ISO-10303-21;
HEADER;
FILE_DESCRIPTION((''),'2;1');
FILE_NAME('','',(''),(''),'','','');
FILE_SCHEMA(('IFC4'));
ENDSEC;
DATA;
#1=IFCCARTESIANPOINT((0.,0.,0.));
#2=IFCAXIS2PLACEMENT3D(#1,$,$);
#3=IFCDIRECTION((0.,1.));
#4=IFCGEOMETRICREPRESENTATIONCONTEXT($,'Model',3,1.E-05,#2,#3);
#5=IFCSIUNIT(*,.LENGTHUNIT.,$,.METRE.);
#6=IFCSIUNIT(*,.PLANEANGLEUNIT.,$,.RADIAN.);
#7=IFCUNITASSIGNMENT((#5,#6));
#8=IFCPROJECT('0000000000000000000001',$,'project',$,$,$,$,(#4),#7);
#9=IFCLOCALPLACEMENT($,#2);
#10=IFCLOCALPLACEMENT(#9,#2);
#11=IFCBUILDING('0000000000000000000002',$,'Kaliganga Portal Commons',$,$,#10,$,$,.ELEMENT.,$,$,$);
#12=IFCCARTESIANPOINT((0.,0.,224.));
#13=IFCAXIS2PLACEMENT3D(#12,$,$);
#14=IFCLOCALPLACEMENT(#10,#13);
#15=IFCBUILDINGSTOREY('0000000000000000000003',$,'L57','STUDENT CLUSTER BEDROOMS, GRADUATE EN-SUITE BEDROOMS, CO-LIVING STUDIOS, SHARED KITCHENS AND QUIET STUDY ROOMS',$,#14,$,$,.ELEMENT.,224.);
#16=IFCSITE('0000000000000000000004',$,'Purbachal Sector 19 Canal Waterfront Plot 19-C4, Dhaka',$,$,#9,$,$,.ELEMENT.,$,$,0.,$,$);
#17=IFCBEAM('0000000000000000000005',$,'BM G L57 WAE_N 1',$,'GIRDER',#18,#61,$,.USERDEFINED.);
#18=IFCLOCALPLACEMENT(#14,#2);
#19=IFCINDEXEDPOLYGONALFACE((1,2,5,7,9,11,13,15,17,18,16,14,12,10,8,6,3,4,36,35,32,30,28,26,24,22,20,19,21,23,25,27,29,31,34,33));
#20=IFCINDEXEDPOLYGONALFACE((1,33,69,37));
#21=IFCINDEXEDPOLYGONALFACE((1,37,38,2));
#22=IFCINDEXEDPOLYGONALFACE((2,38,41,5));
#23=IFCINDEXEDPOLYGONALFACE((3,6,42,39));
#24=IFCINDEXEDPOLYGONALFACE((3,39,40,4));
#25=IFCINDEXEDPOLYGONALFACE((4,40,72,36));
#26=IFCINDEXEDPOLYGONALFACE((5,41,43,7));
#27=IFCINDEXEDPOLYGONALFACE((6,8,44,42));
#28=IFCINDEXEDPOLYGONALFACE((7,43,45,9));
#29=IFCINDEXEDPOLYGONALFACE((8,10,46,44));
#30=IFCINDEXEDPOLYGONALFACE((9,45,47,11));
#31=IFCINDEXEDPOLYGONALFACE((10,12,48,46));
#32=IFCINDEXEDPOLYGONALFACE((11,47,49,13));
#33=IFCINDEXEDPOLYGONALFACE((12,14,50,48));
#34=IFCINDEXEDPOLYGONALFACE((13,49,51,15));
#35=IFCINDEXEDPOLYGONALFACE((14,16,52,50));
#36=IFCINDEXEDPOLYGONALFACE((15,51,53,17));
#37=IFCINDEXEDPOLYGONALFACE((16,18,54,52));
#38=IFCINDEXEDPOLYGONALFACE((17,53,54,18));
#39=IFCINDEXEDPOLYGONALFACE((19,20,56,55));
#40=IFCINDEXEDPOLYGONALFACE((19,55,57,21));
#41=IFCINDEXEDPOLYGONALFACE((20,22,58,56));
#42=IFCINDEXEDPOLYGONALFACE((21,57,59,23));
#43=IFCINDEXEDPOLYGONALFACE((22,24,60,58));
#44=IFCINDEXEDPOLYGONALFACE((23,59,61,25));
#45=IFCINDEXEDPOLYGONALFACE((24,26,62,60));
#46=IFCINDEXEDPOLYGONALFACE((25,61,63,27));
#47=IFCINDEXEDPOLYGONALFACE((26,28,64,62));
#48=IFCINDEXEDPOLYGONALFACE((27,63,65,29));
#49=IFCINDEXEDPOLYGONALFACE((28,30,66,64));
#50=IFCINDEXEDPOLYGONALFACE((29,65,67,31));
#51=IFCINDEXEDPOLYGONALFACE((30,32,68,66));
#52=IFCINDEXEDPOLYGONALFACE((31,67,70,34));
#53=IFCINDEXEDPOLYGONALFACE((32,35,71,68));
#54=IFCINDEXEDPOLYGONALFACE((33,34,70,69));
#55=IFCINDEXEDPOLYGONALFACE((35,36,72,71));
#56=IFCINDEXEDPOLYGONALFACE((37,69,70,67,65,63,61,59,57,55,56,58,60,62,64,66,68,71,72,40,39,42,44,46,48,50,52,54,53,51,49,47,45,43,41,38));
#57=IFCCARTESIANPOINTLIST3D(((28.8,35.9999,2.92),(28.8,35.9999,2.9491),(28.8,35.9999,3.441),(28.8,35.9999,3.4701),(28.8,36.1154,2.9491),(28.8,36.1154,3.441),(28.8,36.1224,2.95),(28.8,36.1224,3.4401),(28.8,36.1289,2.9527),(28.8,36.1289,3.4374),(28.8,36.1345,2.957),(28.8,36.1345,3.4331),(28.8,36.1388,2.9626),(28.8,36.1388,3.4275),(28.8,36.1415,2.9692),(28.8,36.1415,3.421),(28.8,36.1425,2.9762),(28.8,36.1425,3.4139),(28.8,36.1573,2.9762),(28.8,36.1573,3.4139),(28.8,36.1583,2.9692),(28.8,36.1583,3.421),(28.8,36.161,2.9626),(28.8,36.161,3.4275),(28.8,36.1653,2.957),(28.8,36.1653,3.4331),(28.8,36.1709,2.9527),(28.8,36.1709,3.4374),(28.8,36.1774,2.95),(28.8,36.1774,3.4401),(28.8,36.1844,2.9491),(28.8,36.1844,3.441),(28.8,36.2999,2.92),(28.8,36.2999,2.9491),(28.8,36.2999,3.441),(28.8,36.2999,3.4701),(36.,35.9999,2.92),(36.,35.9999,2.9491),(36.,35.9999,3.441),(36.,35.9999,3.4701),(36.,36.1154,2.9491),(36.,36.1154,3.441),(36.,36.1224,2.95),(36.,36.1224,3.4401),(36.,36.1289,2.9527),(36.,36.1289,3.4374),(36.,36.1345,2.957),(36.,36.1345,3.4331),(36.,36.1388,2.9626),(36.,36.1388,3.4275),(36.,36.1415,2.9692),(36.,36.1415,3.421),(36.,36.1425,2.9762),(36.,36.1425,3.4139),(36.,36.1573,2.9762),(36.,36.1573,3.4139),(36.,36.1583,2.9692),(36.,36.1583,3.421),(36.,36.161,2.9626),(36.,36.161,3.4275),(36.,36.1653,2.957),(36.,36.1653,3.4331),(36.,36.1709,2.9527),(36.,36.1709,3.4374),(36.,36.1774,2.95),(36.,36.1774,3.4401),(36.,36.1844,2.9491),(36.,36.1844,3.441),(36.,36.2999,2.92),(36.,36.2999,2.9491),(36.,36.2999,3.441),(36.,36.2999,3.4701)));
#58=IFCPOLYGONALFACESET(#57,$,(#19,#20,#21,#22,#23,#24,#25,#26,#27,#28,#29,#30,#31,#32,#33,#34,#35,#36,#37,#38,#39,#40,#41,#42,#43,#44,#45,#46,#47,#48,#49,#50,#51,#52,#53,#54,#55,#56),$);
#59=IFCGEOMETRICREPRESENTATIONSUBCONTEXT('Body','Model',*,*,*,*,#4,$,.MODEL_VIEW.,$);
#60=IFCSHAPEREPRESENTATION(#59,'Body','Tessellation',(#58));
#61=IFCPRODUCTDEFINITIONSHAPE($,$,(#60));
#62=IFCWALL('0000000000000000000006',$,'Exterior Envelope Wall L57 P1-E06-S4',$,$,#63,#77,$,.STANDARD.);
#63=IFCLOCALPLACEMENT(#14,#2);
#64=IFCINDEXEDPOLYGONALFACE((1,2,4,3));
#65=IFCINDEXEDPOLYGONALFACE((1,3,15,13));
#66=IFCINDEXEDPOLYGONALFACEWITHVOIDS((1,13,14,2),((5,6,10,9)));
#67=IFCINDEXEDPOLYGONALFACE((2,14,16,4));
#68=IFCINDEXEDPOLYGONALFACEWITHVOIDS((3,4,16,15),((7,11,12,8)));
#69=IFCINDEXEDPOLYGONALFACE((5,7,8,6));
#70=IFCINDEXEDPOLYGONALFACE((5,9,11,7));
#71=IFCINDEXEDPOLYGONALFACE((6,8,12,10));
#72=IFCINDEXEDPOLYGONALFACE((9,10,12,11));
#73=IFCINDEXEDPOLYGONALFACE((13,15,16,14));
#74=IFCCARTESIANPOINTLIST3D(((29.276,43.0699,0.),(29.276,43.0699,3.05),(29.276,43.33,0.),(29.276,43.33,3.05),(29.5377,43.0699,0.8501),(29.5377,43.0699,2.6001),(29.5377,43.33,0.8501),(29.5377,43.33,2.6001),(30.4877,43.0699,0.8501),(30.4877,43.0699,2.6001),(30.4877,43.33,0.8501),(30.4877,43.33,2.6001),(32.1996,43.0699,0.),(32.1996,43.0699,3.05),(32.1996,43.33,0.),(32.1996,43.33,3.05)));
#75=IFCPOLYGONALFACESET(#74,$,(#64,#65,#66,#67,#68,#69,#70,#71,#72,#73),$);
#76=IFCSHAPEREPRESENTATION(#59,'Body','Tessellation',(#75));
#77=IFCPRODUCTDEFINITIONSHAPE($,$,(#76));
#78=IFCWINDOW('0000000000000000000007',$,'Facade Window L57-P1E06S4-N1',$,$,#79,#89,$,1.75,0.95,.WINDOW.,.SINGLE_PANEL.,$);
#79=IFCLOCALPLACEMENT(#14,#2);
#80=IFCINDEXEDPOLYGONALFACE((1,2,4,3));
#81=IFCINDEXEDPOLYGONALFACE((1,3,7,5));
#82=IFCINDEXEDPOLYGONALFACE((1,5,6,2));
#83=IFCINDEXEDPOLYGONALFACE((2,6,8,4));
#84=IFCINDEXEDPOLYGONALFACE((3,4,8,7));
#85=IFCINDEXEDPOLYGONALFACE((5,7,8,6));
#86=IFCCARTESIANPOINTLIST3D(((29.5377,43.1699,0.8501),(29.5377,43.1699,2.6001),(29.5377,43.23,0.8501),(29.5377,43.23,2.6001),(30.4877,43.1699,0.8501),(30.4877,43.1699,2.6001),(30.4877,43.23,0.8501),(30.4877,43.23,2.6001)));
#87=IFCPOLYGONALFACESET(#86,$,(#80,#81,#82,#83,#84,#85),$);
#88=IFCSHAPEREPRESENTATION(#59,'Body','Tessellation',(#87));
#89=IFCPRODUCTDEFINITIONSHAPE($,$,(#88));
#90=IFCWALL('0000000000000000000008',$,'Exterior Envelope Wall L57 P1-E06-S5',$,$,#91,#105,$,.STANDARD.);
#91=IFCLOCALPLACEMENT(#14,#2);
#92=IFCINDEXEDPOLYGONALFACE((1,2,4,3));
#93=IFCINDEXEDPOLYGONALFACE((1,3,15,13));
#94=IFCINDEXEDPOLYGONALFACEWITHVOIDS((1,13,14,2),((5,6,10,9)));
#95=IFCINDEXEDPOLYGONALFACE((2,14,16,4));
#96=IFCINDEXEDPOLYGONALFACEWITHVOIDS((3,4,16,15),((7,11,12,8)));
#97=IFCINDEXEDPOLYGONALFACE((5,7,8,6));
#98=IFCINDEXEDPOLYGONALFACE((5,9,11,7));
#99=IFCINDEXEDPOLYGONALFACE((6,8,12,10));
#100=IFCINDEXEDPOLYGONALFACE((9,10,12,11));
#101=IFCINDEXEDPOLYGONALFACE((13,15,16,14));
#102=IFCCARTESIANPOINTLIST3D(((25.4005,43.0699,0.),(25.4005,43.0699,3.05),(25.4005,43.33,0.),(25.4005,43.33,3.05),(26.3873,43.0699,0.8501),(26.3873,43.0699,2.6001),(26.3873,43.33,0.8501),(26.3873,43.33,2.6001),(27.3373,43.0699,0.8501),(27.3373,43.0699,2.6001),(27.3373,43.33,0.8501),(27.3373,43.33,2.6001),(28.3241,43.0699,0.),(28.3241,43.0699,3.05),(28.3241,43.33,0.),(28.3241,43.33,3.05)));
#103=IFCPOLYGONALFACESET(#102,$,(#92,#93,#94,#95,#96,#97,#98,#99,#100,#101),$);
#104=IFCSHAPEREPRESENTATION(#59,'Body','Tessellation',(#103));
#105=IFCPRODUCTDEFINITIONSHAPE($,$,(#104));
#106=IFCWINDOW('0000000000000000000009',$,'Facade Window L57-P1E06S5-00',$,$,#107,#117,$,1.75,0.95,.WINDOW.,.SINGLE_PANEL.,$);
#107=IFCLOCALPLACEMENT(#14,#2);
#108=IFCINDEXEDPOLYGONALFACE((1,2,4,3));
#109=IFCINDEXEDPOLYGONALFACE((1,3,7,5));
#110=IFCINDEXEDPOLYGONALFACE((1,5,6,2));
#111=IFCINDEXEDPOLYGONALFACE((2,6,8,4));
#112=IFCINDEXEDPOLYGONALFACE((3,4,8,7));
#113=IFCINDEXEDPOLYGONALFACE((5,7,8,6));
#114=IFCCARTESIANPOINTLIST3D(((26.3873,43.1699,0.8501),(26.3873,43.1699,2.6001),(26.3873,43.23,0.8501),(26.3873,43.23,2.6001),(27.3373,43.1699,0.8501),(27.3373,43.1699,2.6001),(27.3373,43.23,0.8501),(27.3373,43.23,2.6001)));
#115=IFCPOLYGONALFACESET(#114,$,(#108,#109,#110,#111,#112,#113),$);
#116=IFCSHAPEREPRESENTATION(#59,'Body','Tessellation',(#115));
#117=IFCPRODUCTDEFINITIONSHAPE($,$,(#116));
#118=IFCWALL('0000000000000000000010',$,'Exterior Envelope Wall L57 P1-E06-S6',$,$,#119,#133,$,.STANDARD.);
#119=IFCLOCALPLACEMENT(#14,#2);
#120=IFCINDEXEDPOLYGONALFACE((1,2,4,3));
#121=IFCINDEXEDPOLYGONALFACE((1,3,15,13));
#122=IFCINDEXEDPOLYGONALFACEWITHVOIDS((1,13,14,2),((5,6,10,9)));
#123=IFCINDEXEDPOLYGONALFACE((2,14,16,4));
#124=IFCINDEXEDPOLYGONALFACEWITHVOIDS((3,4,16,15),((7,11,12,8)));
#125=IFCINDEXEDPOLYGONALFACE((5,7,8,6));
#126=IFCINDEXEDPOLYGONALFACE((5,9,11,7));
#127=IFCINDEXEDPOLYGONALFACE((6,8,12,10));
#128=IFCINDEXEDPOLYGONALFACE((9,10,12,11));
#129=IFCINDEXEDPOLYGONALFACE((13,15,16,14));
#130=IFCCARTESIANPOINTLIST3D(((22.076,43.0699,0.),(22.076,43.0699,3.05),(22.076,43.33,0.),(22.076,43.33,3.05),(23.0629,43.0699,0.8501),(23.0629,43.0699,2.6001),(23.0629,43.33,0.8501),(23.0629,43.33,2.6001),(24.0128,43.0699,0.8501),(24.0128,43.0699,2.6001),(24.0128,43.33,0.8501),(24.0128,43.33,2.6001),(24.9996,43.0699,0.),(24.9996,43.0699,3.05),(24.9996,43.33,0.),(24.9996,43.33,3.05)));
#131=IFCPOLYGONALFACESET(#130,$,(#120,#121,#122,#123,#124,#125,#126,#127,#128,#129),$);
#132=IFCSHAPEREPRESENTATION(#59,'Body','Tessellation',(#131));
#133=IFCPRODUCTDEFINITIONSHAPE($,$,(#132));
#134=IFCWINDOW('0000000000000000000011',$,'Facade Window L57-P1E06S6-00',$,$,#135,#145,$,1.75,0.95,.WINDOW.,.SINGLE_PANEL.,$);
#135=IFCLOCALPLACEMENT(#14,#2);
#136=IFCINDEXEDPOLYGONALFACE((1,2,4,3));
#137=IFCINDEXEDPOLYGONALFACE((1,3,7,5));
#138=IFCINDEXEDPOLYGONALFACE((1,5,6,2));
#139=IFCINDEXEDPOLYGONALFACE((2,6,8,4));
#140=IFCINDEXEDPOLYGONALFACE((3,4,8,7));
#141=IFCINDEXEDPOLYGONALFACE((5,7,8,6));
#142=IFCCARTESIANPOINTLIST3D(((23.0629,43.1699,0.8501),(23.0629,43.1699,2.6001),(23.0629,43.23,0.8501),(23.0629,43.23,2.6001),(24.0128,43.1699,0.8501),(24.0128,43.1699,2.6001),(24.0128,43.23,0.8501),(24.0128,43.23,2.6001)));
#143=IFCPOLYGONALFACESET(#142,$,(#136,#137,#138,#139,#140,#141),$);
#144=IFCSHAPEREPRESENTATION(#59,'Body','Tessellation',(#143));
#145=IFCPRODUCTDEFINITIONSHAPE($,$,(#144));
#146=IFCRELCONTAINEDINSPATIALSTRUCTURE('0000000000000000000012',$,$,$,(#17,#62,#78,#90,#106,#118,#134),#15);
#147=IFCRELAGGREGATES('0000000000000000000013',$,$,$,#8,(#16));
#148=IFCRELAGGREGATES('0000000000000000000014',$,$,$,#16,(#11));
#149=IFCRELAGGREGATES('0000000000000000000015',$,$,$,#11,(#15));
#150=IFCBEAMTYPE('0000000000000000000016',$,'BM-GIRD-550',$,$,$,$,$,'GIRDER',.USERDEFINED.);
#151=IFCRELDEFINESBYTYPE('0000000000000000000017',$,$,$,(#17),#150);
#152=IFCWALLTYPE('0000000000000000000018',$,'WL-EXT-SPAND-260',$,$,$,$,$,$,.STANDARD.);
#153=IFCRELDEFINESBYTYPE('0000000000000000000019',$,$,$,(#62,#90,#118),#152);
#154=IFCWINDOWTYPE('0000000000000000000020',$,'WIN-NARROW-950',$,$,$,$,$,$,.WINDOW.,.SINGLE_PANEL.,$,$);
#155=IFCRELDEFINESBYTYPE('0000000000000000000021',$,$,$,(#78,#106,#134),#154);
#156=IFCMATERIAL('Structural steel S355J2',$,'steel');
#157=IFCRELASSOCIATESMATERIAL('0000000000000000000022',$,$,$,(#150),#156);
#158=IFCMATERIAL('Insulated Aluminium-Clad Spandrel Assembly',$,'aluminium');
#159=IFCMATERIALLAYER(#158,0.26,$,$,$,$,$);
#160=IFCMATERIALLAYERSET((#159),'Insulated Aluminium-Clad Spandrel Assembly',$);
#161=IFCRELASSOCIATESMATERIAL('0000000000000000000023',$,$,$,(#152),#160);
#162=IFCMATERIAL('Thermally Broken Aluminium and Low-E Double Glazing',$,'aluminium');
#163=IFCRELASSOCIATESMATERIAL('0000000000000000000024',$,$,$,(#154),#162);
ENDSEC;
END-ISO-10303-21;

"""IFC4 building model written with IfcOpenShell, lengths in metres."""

from ifc_helpers import new_model, si_unit, direction, frame, frame_2d, origin, origin_2d, place, context, subcontext, project, spatial, rectangle, i_section, extrude, source, transform, mapped, material, layer, layer_set, material_profile, profile_set, type_object, element, fill, save


model = new_model("IFC4")

# Units and contexts
model_context = context("Model", 3, precision=1e-05, world=origin(), true_north=direction((0.0, 1.0)))
body_context = subcontext(model_context, "Body", "Model", "MODEL_VIEW")
ifc_project = project(units=[si_unit("LENGTHUNIT", "METRE"), si_unit("PLANEANGLEUNIT", "RADIAN")], contexts=[model_context])

# Site, building, storey
site_placement = place(None, origin())
site = spatial("IfcSite", under=ifc_project, at=site_placement, Name="Purbachal Sector 19 Canal Waterfront Plot 19-C4, Dhaka", CompositionType="ELEMENT", RefElevation=0.0)
building_placement = place(site_placement, origin())
building = spatial("IfcBuilding", under=site, at=building_placement, Name="Kaliganga Portal Commons", CompositionType="ELEMENT")
storey_placement = place(building_placement, frame((0.0, 0.0, 224.0)))
storey = spatial("IfcBuildingStorey", under=building, at=storey_placement, Name="L57", Description="STUDENT CLUSTER BEDROOMS, GRADUATE EN-SUITE BEDROOMS, CO-LIVING STUDIOS, SHARED KITCHENS AND QUIET STUDY ROOMS", CompositionType="ELEMENT", Elevation=224.0)

# Shared definitions
ifc_material_1 = material(Name="Structural steel S355J2", Category="steel")

# Beam
ifc_material_profile_1 = material_profile(ifc_material_1, i_section(OverallWidth=0.3, OverallDepth=0.55, WebThickness=0.0149, FlangeThickness=0.0291, FilletRadius=0.0271, at=origin_2d()), Name="HE 550 B")
ifc_profile_set_1 = profile_set([ifc_material_profile_1], Name="Structural steel S355J2 wide-flange")
beam_type_1 = type_object("IfcBeamType", Name="BM-GIRD-550", ElementType="GIRDER", PredefinedType="USERDEFINED", material=ifc_profile_set_1)
shared_shape_1 = source(origin(), body_context, "Body", "SweptSolid", [
    extrude(i_section(OverallWidth=0.3, OverallDepth=0.55, WebThickness=0.0149, FlangeThickness=0.0291, FilletRadius=0.0271, at=origin_2d()), origin(), (0.0, 0.0, 1.0), 7.2),
])
beam_1_placement = place(storey_placement, frame((28.8, 36.1499, 3.1951), z_axis=(1.0, 0.0, 0.0), x_axis=(0.0, 1.0, 0.0)))
element("IfcBeam", 1, at=beam_1_placement, inside=storey, type_object=beam_type_1, Name="BM G L57 WAE_N 1", ObjectType="GIRDER", PredefinedType="USERDEFINED", context=body_context, shape_type="MappedRepresentation", body=[
    mapped(shared_shape_1, transform((0.0, 0.0, 0.0), x_axis=(1.0, 0.0, 0.0), y_axis=(0.0, 1.0, 0.0), z_axis=(0.0, 0.0, 1.0), scale=1.0)),
])

# Walls, openings, windows
ifc_material_2 = material(Name="Insulated Aluminium-Clad Spandrel Assembly", Category="aluminium")
ifc_layer_1 = layer(ifc_material_2, 0.26)
ifc_layer_set_1 = layer_set([ifc_layer_1], Name="Insulated Aluminium-Clad Spandrel Assembly")
wall_type_1 = type_object("IfcWallType", Name="WL-EXT-SPAND-260", PredefinedType="STANDARD", material=ifc_layer_set_1)
wall_1_placement = place(storey_placement, frame((29.2759, 43.2, 0.0), z_axis=(0.0, 0.0, 1.0), x_axis=(1.0, 0.0, 0.0)))
wall_1 = element("IfcWall", 2, at=wall_1_placement, inside=storey, type_object=wall_type_1, Name="Exterior Envelope Wall L57 P1-E06-S4", PredefinedType="STANDARD", context=body_context, shape_type="SweptSolid", body=[
    extrude(rectangle(XDim=2.9236, YDim=0.26, at=frame_2d((1.4619, 0.0))), origin(), (0.0, 0.0, 1.0), 3.05),
])
opening_1_placement = place(wall_1_placement, frame((0.2617, 0.0, 0.8501)))
opening_1 = element("IfcOpeningElement", 3, at=opening_1_placement, cuts=wall_1, PredefinedType="OPENING", context=body_context, shape_type="SweptSolid", body=[
    extrude(rectangle(XDim=0.95, YDim=1.75, at=frame_2d((0.4751, 0.875))), frame((0.0, 0.1401, 0.0), z_axis=(0.0, -1.0, 0.0), x_axis=(1.0, 0.0, 0.0)), (0.0, 0.0, 1.0), 0.28),
])
ifc_material_3 = material(Name="Thermally Broken Aluminium and Low-E Double Glazing", Category="aluminium")
window_type = type_object("IfcWindowType", Name="WIN-NARROW-950", PartitioningType="SINGLE_PANEL", PredefinedType="WINDOW", material=ifc_material_3)
window_1_placement = place(opening_1_placement, origin())
window_1 = element("IfcWindow", 4, at=window_1_placement, inside=storey, type_object=window_type, Name="Facade Window L57-P1E06S4-N1", OverallHeight=1.75, OverallWidth=0.95, PartitioningType="SINGLE_PANEL", PredefinedType="WINDOW", context=body_context, shape_type="SweptSolid", body=[
    extrude(rectangle(XDim=0.95, YDim=1.75, at=frame_2d((0.4751, 0.875))), frame((0.0, 0.03, 0.0), z_axis=(0.0, -1.0, 0.0), x_axis=(1.0, 0.0, 0.0)), (0.0, 0.0, 1.0), 0.0601),
])
fill(opening_1, window_1)
wall_2_placement = place(storey_placement, frame((25.4004, 43.2, 0.0), z_axis=(0.0, 0.0, 1.0), x_axis=(1.0, 0.0, 0.0)))
wall_2 = element("IfcWall", 5, at=wall_2_placement, inside=storey, type_object=wall_type_1, Name="Exterior Envelope Wall L57 P1-E06-S5", PredefinedType="STANDARD", context=body_context, shape_type="SweptSolid", body=[
    extrude(rectangle(XDim=2.9236, YDim=0.26, at=frame_2d((1.4619, 0.0))), origin(), (0.0, 0.0, 1.0), 3.05),
])
opening_2_placement = place(wall_2_placement, frame((0.9868, 0.0, 0.8501)))
opening_2 = element("IfcOpeningElement", 6, at=opening_2_placement, cuts=wall_2, PredefinedType="OPENING", context=body_context, shape_type="SweptSolid", body=[
    extrude(rectangle(XDim=0.95, YDim=1.75, at=frame_2d((0.4751, 0.875))), frame((0.0, 0.1401, 0.0), z_axis=(0.0, -1.0, 0.0), x_axis=(1.0, 0.0, 0.0)), (0.0, 0.0, 1.0), 0.28),
])
window_2_placement = place(opening_2_placement, origin())
window_2 = element("IfcWindow", 7, at=window_2_placement, inside=storey, type_object=window_type, Name="Facade Window L57-P1E06S5-00", OverallHeight=1.75, OverallWidth=0.95, PartitioningType="SINGLE_PANEL", PredefinedType="WINDOW", context=body_context, shape_type="SweptSolid", body=[
    extrude(rectangle(XDim=0.95, YDim=1.75, at=frame_2d((0.4751, 0.875))), frame((0.0, 0.03, 0.0), z_axis=(0.0, -1.0, 0.0), x_axis=(1.0, 0.0, 0.0)), (0.0, 0.0, 1.0), 0.0601),
])
fill(opening_2, window_2)
wall_3_placement = place(storey_placement, frame((22.0759, 43.2, 0.0), z_axis=(0.0, 0.0, 1.0), x_axis=(1.0, 0.0, 0.0)))
wall_3 = element("IfcWall", 8, at=wall_3_placement, inside=storey, type_object=wall_type_1, Name="Exterior Envelope Wall L57 P1-E06-S6", PredefinedType="STANDARD", context=body_context, shape_type="SweptSolid", body=[
    extrude(rectangle(XDim=2.9236, YDim=0.26, at=frame_2d((1.4619, 0.0))), origin(), (0.0, 0.0, 1.0), 3.05),
])
opening_3_placement = place(wall_3_placement, frame((0.9868, 0.0, 0.8501)))
opening_3 = element("IfcOpeningElement", 9, at=opening_3_placement, cuts=wall_3, PredefinedType="OPENING", context=body_context, shape_type="SweptSolid", body=[
    extrude(rectangle(XDim=0.95, YDim=1.75, at=frame_2d((0.4751, 0.875))), frame((0.0, 0.1401, 0.0), z_axis=(0.0, -1.0, 0.0), x_axis=(1.0, 0.0, 0.0)), (0.0, 0.0, 1.0), 0.28),
])
window_3_placement = place(opening_3_placement, origin())
window_3 = element("IfcWindow", 10, at=window_3_placement, inside=storey, type_object=window_type, Name="Facade Window L57-P1E06S6-00", OverallHeight=1.75, OverallWidth=0.95, PartitioningType="SINGLE_PANEL", PredefinedType="WINDOW", context=body_context, shape_type="SweptSolid", body=[
    extrude(rectangle(XDim=0.95, YDim=1.75, at=frame_2d((0.4751, 0.875))), frame((0.0, 0.03, 0.0), z_axis=(0.0, -1.0, 0.0), x_axis=(1.0, 0.0, 0.0)), (0.0, 0.0, 1.0), 0.0601),
])
fill(opening_3, window_3)

save(model, "model.ifc")
